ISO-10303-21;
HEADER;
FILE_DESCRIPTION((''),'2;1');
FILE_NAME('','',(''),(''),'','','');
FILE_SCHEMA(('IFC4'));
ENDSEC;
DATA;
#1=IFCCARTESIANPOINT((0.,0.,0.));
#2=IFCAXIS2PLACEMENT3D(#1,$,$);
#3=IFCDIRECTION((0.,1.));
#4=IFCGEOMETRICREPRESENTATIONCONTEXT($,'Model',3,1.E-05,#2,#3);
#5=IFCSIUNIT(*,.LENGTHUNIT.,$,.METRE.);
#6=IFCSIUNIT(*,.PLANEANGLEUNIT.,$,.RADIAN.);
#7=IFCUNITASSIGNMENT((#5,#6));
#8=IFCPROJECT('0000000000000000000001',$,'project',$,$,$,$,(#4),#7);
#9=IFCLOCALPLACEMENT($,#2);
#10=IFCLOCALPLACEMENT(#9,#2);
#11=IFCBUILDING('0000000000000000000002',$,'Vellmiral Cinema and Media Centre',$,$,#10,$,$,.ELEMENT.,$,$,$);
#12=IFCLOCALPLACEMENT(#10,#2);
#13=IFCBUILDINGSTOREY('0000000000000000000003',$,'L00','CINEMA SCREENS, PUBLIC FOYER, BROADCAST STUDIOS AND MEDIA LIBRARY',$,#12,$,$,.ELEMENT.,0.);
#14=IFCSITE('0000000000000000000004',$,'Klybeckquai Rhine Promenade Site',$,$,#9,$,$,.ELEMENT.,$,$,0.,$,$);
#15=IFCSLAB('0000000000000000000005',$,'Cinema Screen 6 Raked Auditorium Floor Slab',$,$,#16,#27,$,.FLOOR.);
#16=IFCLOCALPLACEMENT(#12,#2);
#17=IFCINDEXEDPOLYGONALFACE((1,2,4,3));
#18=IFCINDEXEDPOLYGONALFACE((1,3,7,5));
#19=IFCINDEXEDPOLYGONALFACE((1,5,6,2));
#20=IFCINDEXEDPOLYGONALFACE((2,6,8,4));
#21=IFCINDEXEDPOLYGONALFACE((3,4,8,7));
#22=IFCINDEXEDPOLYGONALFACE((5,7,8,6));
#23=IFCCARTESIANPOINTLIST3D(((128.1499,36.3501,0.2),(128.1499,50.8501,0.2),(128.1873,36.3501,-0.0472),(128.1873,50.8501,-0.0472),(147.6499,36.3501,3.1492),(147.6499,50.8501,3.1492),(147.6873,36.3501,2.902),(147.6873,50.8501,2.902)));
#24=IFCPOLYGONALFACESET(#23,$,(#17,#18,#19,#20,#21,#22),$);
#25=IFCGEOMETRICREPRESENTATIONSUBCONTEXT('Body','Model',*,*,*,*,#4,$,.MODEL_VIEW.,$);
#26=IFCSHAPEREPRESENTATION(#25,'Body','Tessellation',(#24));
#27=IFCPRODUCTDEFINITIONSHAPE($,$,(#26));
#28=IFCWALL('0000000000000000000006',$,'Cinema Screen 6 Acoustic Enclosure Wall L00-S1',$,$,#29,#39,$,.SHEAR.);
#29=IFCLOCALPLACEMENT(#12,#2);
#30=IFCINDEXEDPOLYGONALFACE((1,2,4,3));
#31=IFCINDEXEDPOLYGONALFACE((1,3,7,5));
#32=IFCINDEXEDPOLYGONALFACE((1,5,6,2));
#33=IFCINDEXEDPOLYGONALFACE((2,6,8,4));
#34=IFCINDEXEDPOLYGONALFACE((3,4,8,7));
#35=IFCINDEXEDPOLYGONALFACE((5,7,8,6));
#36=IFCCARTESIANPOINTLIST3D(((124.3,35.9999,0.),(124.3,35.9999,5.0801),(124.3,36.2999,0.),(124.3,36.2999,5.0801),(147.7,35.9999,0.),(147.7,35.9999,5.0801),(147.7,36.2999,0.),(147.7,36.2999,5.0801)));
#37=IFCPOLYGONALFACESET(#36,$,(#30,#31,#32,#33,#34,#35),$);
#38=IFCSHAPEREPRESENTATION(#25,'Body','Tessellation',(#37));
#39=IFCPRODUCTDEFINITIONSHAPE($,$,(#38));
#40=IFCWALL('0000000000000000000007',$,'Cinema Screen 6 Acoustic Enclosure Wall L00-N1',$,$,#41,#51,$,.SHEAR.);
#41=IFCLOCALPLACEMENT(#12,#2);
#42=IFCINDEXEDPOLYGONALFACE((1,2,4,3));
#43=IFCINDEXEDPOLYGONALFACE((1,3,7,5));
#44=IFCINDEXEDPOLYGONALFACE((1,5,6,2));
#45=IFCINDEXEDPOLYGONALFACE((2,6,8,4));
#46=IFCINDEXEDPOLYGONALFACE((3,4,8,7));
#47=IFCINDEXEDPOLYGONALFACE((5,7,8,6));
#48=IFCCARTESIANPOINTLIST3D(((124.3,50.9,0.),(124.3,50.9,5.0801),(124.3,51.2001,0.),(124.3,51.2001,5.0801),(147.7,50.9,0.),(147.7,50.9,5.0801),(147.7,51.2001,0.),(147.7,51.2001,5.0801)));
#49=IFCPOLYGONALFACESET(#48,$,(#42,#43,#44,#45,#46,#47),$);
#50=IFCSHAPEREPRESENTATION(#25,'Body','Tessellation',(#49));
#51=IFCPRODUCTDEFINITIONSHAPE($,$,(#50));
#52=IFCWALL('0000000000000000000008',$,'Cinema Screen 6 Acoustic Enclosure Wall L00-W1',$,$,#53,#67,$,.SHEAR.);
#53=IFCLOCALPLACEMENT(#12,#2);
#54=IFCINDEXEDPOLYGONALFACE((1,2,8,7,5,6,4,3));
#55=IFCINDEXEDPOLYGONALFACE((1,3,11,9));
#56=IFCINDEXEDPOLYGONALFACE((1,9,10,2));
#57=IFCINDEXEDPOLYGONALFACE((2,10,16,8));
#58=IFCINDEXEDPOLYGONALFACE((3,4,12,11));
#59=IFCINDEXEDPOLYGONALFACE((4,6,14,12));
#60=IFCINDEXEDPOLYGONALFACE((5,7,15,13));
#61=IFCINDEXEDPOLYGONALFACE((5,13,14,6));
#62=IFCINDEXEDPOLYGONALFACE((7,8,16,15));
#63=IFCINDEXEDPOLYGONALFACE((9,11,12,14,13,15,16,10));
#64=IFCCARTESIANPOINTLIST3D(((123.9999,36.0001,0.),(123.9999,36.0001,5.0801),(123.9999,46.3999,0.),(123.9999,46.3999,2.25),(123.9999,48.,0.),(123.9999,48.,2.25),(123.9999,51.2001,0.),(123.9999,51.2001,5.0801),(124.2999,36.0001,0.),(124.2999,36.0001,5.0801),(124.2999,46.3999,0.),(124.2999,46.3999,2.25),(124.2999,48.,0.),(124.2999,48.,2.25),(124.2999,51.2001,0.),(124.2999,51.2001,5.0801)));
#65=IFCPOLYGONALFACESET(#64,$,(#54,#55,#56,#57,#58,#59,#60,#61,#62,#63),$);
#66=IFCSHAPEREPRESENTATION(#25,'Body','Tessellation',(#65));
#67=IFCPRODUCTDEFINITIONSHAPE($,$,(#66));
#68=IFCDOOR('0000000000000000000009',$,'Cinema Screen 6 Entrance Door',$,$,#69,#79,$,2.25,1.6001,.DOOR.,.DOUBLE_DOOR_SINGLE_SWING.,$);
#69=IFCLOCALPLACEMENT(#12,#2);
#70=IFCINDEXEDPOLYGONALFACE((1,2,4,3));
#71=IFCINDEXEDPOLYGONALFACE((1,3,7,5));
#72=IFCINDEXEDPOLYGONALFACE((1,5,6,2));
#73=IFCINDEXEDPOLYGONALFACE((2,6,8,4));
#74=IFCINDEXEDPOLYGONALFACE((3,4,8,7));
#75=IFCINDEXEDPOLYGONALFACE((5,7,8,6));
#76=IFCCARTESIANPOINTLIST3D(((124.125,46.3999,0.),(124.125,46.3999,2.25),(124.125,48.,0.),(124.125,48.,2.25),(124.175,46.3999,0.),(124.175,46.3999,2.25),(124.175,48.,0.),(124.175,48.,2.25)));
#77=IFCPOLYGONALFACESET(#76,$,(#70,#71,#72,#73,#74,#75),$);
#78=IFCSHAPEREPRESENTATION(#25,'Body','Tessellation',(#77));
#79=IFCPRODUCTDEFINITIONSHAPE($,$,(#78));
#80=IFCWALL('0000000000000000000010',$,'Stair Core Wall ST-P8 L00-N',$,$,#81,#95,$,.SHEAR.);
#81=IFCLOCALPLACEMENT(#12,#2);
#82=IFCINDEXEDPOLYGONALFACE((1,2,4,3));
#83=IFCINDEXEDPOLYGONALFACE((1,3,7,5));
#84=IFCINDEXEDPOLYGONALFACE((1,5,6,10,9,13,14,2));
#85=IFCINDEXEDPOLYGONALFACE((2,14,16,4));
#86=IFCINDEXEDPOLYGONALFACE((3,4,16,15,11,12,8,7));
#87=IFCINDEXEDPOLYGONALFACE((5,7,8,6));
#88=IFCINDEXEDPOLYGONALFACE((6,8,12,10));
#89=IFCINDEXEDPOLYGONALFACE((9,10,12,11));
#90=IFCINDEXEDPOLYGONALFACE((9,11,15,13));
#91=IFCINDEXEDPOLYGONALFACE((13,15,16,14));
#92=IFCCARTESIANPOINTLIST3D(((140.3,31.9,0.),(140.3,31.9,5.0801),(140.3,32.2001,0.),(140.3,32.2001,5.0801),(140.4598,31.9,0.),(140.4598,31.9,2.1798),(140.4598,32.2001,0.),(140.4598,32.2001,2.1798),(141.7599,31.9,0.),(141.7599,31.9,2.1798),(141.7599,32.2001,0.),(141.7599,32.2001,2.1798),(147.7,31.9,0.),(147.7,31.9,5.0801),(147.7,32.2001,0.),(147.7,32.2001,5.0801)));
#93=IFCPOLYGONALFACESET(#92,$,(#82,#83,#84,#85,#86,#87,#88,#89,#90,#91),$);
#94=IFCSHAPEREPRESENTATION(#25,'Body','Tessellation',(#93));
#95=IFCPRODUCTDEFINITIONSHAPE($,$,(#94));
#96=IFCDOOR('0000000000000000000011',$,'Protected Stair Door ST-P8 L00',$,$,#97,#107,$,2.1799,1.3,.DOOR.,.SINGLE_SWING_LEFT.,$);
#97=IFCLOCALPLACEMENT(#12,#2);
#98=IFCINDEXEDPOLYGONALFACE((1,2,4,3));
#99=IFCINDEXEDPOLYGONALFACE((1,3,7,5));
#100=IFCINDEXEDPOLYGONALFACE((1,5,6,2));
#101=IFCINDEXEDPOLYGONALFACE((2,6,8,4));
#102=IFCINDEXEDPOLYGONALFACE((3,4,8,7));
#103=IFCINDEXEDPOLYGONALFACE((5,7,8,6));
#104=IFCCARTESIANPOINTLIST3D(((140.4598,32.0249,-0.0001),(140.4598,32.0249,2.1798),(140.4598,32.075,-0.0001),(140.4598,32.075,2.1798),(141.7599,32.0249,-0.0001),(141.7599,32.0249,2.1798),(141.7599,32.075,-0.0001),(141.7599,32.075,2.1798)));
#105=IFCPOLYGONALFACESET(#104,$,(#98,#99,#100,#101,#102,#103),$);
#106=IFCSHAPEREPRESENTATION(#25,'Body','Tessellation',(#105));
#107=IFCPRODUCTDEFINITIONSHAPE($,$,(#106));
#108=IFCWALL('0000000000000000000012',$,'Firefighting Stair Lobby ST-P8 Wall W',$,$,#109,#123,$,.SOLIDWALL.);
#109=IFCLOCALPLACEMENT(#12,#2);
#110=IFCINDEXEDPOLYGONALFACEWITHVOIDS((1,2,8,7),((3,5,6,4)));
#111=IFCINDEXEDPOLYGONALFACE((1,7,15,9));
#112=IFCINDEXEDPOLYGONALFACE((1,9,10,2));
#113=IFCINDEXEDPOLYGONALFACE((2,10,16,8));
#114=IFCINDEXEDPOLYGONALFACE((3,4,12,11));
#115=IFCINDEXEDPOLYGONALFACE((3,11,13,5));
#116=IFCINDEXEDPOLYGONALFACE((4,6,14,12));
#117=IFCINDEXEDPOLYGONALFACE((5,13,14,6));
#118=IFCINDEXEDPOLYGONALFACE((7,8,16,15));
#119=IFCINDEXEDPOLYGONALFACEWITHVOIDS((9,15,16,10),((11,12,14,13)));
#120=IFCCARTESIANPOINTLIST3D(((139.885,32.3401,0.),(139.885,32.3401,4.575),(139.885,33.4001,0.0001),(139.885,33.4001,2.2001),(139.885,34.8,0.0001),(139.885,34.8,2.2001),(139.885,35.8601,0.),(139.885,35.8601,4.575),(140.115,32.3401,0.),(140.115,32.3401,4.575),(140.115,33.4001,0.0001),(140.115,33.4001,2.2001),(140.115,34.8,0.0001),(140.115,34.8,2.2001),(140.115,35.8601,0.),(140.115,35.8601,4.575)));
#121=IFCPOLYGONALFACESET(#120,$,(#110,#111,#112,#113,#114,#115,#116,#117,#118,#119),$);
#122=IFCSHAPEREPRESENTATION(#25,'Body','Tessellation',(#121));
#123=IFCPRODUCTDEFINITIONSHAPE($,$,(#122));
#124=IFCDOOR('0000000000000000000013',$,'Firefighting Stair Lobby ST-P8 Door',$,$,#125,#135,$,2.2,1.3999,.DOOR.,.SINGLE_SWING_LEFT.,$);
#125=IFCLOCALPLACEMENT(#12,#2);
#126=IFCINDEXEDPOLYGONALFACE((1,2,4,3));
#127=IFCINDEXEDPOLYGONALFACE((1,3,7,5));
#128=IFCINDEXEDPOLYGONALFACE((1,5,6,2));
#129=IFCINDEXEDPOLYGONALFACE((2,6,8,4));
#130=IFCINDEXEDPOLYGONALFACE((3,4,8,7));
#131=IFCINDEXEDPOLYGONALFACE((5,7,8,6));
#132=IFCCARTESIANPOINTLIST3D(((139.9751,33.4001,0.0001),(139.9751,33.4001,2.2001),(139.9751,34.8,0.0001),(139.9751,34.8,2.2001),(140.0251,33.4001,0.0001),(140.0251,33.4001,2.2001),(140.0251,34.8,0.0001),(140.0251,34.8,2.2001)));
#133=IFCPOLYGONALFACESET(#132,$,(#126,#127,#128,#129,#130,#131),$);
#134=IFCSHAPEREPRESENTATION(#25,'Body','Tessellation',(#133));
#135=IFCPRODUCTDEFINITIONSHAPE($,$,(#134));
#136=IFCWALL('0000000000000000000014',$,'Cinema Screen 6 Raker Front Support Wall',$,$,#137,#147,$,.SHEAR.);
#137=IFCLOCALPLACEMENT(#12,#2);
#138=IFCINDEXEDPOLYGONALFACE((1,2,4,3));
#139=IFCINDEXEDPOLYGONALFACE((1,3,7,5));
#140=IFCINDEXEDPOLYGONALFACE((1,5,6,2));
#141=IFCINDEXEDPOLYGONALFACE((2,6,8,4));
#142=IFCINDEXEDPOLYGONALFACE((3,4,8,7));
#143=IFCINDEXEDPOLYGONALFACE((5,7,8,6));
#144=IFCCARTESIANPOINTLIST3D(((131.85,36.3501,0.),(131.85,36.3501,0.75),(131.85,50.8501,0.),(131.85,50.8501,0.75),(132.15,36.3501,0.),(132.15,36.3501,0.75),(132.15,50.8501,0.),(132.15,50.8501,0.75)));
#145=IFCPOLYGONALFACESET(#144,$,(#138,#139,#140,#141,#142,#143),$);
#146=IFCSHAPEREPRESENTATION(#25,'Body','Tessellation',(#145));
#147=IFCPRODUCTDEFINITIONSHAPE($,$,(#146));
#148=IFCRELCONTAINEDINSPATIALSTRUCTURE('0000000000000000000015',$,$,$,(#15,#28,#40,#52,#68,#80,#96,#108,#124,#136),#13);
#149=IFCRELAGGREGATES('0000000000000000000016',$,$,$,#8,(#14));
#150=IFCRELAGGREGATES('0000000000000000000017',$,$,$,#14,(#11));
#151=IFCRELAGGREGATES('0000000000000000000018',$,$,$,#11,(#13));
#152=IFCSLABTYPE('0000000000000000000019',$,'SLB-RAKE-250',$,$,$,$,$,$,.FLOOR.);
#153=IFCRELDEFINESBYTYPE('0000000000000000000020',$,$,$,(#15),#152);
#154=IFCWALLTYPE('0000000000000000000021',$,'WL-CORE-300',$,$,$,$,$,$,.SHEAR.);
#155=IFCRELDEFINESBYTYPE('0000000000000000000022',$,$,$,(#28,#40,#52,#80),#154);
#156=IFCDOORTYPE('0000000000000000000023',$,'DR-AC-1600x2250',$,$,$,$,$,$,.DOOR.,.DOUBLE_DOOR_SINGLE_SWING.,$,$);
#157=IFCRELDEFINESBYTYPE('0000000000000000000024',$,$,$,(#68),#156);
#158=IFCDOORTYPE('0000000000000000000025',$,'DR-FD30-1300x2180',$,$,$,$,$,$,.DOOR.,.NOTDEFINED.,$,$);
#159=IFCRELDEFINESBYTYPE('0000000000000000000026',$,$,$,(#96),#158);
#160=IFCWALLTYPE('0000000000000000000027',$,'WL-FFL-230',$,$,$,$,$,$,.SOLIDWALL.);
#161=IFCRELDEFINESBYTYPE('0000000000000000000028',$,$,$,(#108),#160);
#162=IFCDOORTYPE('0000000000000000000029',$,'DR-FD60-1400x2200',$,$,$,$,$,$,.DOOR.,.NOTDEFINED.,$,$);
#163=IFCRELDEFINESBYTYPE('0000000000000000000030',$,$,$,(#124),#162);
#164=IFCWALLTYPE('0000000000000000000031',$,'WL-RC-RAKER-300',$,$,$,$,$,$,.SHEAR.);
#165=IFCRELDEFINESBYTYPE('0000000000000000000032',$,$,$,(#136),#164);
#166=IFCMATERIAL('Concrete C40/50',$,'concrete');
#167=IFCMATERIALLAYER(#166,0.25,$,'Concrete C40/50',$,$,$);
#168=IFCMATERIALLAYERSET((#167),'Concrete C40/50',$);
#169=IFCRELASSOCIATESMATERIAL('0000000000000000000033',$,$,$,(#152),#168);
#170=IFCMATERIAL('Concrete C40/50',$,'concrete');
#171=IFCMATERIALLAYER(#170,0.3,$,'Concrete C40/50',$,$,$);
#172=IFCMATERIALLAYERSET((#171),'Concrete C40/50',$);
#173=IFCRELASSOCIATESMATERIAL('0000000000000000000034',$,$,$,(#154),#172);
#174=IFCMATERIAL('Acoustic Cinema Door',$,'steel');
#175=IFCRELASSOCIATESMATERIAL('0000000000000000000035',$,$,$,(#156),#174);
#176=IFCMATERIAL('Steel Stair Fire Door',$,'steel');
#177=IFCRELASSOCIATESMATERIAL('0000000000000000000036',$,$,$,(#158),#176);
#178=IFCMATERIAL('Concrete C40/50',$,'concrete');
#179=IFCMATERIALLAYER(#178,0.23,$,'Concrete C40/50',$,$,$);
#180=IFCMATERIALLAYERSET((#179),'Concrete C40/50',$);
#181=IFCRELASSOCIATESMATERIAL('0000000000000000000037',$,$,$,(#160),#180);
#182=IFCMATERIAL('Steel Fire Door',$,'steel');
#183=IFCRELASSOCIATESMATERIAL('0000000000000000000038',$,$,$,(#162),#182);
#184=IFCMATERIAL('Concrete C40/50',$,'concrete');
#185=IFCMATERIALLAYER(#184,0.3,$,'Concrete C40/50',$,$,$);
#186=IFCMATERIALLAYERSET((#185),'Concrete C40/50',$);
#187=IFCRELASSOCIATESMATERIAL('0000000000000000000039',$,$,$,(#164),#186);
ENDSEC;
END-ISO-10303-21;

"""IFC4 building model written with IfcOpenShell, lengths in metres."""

from ifc_helpers import new_model, si_unit, direction, frame, frame_2d, origin, place, context, subcontext, project, spatial, polyline, rectangle, outline, extrude, material, layer, layer_set, type_object, element, fill, save


model = new_model("IFC4")

# Units and contexts
model_context = context("Model", 3, precision=1e-05, world=origin(), true_north=direction((0.0, 1.0)))
body_context = subcontext(model_context, "Body", "Model", "MODEL_VIEW")
ifc_project = project(units=[si_unit("LENGTHUNIT", "METRE"), si_unit("PLANEANGLEUNIT", "RADIAN")], contexts=[model_context])

# Site, building, storey
site_placement = place(None, origin())
site = spatial("IfcSite", under=ifc_project, at=site_placement, Name="Klybeckquai Rhine Promenade Site", CompositionType="ELEMENT", RefElevation=0.0)
building_placement = place(site_placement, origin())
building = spatial("IfcBuilding", under=site, at=building_placement, Name="Vellmiral Cinema and Media Centre", CompositionType="ELEMENT")
storey_placement = place(building_placement, origin())
storey = spatial("IfcBuildingStorey", under=building, at=storey_placement, Name="L00", Description="CINEMA SCREENS, PUBLIC FOYER, BROADCAST STUDIOS AND MEDIA LIBRARY", CompositionType="ELEMENT", Elevation=0.0)

# Slab
ifc_material_1 = material(Name="Concrete C40/50", Category="concrete")
ifc_layer_1 = layer(ifc_material_1, 0.25, Name="Concrete C40/50")
ifc_layer_set_1 = layer_set([ifc_layer_1], Name="Concrete C40/50")
slab_type = type_object("IfcSlabType", Name="SLB-RAKE-250", PredefinedType="FLOOR", material=ifc_layer_set_1)
slab_placement = place(storey_placement, frame((128.1499, 36.3501, 0.2), z_axis=(-0.149541, 0.0, 0.988755), x_axis=(0.988755, 0.0, 0.149541)))
element("IfcSlab", 1, at=slab_placement, inside=storey, type_object=slab_type, Name="Cinema Screen 6 Raked Auditorium Floor Slab", PredefinedType="FLOOR", context=body_context, shape_type="SweptSolid", body=[
    extrude(outline(polyline([(0.0, 0.0), (19.7218, 0.0), (19.7218, 14.5), (0.0, 14.5), (0.0, 0.0)])), origin(), (0.0, 0.0, -1.0), 0.25),
])

# Walls
ifc_material_2 = material(Name="Concrete C40/50", Category="concrete")
ifc_layer_2 = layer(ifc_material_2, 0.3, Name="Concrete C40/50")
ifc_layer_set_2 = layer_set([ifc_layer_2], Name="Concrete C40/50")
wall_type_1 = type_object("IfcWallType", Name="WL-CORE-300", PredefinedType="SHEAR", material=ifc_layer_set_2)
for number, where, z_axis, x_axis, name in (
    (2, (124.3, 36.1499, 0.0), (0.0, 0.0, 1.0), (1.0, 0.0, 0.0), "Cinema Screen 6 Acoustic Enclosure Wall L00-S1"),
    (3, (124.3, 51.05, 0.0), (0.0, 0.0, 1.0), (1.0, 0.0, 0.0), "Cinema Screen 6 Acoustic Enclosure Wall L00-N1"),
):
    element("IfcWall", number, at=place(storey_placement, frame(where, z_axis=z_axis, x_axis=x_axis)), inside=storey, type_object=wall_type_1, Name=name, PredefinedType="SHEAR", context=body_context, shape_type="SweptSolid", body=[
        extrude(rectangle(XDim=23.3999, YDim=0.3, at=frame_2d((11.7, 0.0))), origin(), (0.0, 0.0, 1.0), 5.0801),
    ])

# Walls, openings, doors
wall_1_placement = place(storey_placement, frame((124.1499, 36.0, 0.0), z_axis=(0.0, 0.0, 1.0), x_axis=(0.0, 1.0, 0.0)))
wall_1 = element("IfcWall", 4, at=wall_1_placement, inside=storey, type_object=wall_type_1, Name="Cinema Screen 6 Acoustic Enclosure Wall L00-W1", PredefinedType="SHEAR", context=body_context, shape_type="SweptSolid", body=[
    extrude(rectangle(XDim=15.2, YDim=0.3, at=frame_2d((7.6001, 0.0))), origin(), (0.0, 0.0, 1.0), 5.0801),
])
opening_1_placement = place(wall_1_placement, frame((10.3999, 0.0, 0.0)))
opening_1 = element("IfcOpeningElement", 5, at=opening_1_placement, cuts=wall_1, PredefinedType="OPENING", context=body_context, shape_type="SweptSolid", body=[
    extrude(rectangle(XDim=1.6001, YDim=2.25, at=frame_2d((0.8, 1.125))), frame((0.0, 0.1621, 0.0), z_axis=(0.0, -1.0, 0.0), x_axis=(1.0, 0.0, 0.0)), (0.0, 0.0, 1.0), 0.324),
])
ifc_material_3 = material(Name="Acoustic Cinema Door", Category="steel")
door_type_1 = type_object("IfcDoorType", Name="DR-AC-1600x2250", OperationType="DOUBLE_DOOR_SINGLE_SWING", PredefinedType="DOOR", material=ifc_material_3)
door_1_placement = place(opening_1_placement, origin())
door_1 = element("IfcDoor", 6, at=door_1_placement, inside=storey, type_object=door_type_1, Name="Cinema Screen 6 Entrance Door", OperationType="DOUBLE_DOOR_SINGLE_SWING", OverallHeight=2.25, OverallWidth=1.6001, PredefinedType="DOOR", context=body_context, shape_type="SweptSolid", body=[
    extrude(rectangle(XDim=1.6001, YDim=2.25, at=frame_2d((0.8, 1.125))), frame((0.0, 0.0249, 0.0), z_axis=(0.0, -1.0, 0.0), x_axis=(1.0, 0.0, 0.0)), (0.0, 0.0, 1.0), 0.05),
])
fill(opening_1, door_1)
wall_2_placement = place(storey_placement, frame((140.3, 32.05, 0.0), z_axis=(0.0, 0.0, 1.0), x_axis=(1.0, 0.0, 0.0)))
wall_2 = element("IfcWall", 7, at=wall_2_placement, inside=storey, type_object=wall_type_1, Name="Stair Core Wall ST-P8 L00-N", PredefinedType="SHEAR", context=body_context, shape_type="SweptSolid", body=[
    extrude(rectangle(XDim=7.3999, YDim=0.3, at=frame_2d((3.7, 0.0))), origin(), (0.0, 0.0, 1.0), 5.0801),
])
opening_2_placement = place(wall_2_placement, frame((0.1599, 0.0, 0.0)))
opening_2 = element("IfcOpeningElement", 8, at=opening_2_placement, cuts=wall_2, PredefinedType="OPENING", context=body_context, shape_type="SweptSolid", body=[
    extrude(rectangle(XDim=1.3, YDim=2.1799, at=frame_2d((0.6499, 1.0898))), frame((0.0, 0.1621, 0.0), z_axis=(0.0, -1.0, 0.0), x_axis=(1.0, 0.0, 0.0)), (0.0, 0.0, 1.0), 0.324),
])
ifc_material_4 = material(Name="Steel Stair Fire Door", Category="steel")
door_type_2 = type_object("IfcDoorType", Name="DR-FD30-1300x2180", OperationType="NOTDEFINED", PredefinedType="DOOR", material=ifc_material_4)
door_2_placement = place(opening_2_placement, origin())
door_2 = element("IfcDoor", 9, at=door_2_placement, inside=storey, type_object=door_type_2, Name="Protected Stair Door ST-P8 L00", OperationType="SINGLE_SWING_LEFT", OverallHeight=2.1799, OverallWidth=1.3, PredefinedType="DOOR", context=body_context, shape_type="SweptSolid", body=[
    extrude(rectangle(XDim=1.3, YDim=2.1799, at=frame_2d((0.6499, 1.0898))), frame((0.0, 0.0249, 0.0), z_axis=(0.0, -1.0, 0.0), x_axis=(1.0, 0.0, 0.0)), (0.0, 0.0, 1.0), 0.05),
])
fill(opening_2, door_2)
ifc_material_5 = material(Name="Concrete C40/50", Category="concrete")
ifc_layer_3 = layer(ifc_material_5, 0.23, Name="Concrete C40/50")
ifc_layer_set_3 = layer_set([ifc_layer_3], Name="Concrete C40/50")
wall_type_2 = type_object("IfcWallType", Name="WL-FFL-230", PredefinedType="SOLIDWALL", material=ifc_layer_set_3)
wall_3_placement = place(storey_placement, frame((140.0, 32.3401, 0.0), z_axis=(0.0, 0.0, 1.0), x_axis=(0.0, 1.0, 0.0)))
wall_3 = element("IfcWall", 10, at=wall_3_placement, inside=storey, type_object=wall_type_2, Name="Firefighting Stair Lobby ST-P8 Wall W", PredefinedType="SOLIDWALL", context=body_context, shape_type="SweptSolid", body=[
    extrude(rectangle(XDim=3.52, YDim=0.23, at=frame_2d((1.76, 0.0))), origin(), (0.0, 0.0, 1.0), 4.575),
])
opening_3_placement = place(wall_3_placement, frame((1.0601, 0.0, 0.0)))
opening_3 = element("IfcOpeningElement", 11, at=opening_3_placement, cuts=wall_3, PredefinedType="OPENING", context=body_context, shape_type="SweptSolid", body=[
    extrude(rectangle(XDim=1.3999, YDim=2.2, at=frame_2d((0.7, 1.1001))), frame((0.0, 0.127, 0.0), z_axis=(0.0, -1.0, 0.0), x_axis=(1.0, 0.0, 0.0)), (0.0, 0.0, 1.0), 0.2539),
])
ifc_material_6 = material(Name="Steel Fire Door", Category="steel")
door_type_3 = type_object("IfcDoorType", Name="DR-FD60-1400x2200", OperationType="NOTDEFINED", PredefinedType="DOOR", material=ifc_material_6)
door_3_placement = place(opening_3_placement, origin())
door_3 = element("IfcDoor", 12, at=door_3_placement, inside=storey, type_object=door_type_3, Name="Firefighting Stair Lobby ST-P8 Door", OperationType="SINGLE_SWING_LEFT", OverallHeight=2.2, OverallWidth=1.3999, PredefinedType="DOOR", context=body_context, shape_type="SweptSolid", body=[
    extrude(rectangle(XDim=1.3999, YDim=2.2, at=frame_2d((0.7, 1.1001))), frame((0.0, 0.0249, 0.0), z_axis=(0.0, -1.0, 0.0), x_axis=(1.0, 0.0, 0.0)), (0.0, 0.0, 1.0), 0.05),
])
fill(opening_3, door_3)

# Wall
ifc_material_7 = material(Name="Concrete C40/50", Category="concrete")
ifc_layer_4 = layer(ifc_material_7, 0.3, Name="Concrete C40/50")
ifc_layer_set_4 = layer_set([ifc_layer_4], Name="Concrete C40/50")
wall_type_3 = type_object("IfcWallType", Name="WL-RC-RAKER-300", PredefinedType="SHEAR", material=ifc_layer_set_4)
wall_4_placement = place(storey_placement, frame((132.0, 36.3501, 0.0), z_axis=(0.0, 0.0, 1.0), x_axis=(0.0, 1.0, 0.0)))
element("IfcWall", 13, at=wall_4_placement, inside=storey, type_object=wall_type_3, Name="Cinema Screen 6 Raker Front Support Wall", PredefinedType="SHEAR", context=body_context, shape_type="SweptSolid", body=[
    extrude(rectangle(XDim=14.5, YDim=0.3, at=frame_2d((7.25, 0.0))), origin(), (0.0, 0.0, 1.0), 0.75),
])

save(model, "model.ifc")
